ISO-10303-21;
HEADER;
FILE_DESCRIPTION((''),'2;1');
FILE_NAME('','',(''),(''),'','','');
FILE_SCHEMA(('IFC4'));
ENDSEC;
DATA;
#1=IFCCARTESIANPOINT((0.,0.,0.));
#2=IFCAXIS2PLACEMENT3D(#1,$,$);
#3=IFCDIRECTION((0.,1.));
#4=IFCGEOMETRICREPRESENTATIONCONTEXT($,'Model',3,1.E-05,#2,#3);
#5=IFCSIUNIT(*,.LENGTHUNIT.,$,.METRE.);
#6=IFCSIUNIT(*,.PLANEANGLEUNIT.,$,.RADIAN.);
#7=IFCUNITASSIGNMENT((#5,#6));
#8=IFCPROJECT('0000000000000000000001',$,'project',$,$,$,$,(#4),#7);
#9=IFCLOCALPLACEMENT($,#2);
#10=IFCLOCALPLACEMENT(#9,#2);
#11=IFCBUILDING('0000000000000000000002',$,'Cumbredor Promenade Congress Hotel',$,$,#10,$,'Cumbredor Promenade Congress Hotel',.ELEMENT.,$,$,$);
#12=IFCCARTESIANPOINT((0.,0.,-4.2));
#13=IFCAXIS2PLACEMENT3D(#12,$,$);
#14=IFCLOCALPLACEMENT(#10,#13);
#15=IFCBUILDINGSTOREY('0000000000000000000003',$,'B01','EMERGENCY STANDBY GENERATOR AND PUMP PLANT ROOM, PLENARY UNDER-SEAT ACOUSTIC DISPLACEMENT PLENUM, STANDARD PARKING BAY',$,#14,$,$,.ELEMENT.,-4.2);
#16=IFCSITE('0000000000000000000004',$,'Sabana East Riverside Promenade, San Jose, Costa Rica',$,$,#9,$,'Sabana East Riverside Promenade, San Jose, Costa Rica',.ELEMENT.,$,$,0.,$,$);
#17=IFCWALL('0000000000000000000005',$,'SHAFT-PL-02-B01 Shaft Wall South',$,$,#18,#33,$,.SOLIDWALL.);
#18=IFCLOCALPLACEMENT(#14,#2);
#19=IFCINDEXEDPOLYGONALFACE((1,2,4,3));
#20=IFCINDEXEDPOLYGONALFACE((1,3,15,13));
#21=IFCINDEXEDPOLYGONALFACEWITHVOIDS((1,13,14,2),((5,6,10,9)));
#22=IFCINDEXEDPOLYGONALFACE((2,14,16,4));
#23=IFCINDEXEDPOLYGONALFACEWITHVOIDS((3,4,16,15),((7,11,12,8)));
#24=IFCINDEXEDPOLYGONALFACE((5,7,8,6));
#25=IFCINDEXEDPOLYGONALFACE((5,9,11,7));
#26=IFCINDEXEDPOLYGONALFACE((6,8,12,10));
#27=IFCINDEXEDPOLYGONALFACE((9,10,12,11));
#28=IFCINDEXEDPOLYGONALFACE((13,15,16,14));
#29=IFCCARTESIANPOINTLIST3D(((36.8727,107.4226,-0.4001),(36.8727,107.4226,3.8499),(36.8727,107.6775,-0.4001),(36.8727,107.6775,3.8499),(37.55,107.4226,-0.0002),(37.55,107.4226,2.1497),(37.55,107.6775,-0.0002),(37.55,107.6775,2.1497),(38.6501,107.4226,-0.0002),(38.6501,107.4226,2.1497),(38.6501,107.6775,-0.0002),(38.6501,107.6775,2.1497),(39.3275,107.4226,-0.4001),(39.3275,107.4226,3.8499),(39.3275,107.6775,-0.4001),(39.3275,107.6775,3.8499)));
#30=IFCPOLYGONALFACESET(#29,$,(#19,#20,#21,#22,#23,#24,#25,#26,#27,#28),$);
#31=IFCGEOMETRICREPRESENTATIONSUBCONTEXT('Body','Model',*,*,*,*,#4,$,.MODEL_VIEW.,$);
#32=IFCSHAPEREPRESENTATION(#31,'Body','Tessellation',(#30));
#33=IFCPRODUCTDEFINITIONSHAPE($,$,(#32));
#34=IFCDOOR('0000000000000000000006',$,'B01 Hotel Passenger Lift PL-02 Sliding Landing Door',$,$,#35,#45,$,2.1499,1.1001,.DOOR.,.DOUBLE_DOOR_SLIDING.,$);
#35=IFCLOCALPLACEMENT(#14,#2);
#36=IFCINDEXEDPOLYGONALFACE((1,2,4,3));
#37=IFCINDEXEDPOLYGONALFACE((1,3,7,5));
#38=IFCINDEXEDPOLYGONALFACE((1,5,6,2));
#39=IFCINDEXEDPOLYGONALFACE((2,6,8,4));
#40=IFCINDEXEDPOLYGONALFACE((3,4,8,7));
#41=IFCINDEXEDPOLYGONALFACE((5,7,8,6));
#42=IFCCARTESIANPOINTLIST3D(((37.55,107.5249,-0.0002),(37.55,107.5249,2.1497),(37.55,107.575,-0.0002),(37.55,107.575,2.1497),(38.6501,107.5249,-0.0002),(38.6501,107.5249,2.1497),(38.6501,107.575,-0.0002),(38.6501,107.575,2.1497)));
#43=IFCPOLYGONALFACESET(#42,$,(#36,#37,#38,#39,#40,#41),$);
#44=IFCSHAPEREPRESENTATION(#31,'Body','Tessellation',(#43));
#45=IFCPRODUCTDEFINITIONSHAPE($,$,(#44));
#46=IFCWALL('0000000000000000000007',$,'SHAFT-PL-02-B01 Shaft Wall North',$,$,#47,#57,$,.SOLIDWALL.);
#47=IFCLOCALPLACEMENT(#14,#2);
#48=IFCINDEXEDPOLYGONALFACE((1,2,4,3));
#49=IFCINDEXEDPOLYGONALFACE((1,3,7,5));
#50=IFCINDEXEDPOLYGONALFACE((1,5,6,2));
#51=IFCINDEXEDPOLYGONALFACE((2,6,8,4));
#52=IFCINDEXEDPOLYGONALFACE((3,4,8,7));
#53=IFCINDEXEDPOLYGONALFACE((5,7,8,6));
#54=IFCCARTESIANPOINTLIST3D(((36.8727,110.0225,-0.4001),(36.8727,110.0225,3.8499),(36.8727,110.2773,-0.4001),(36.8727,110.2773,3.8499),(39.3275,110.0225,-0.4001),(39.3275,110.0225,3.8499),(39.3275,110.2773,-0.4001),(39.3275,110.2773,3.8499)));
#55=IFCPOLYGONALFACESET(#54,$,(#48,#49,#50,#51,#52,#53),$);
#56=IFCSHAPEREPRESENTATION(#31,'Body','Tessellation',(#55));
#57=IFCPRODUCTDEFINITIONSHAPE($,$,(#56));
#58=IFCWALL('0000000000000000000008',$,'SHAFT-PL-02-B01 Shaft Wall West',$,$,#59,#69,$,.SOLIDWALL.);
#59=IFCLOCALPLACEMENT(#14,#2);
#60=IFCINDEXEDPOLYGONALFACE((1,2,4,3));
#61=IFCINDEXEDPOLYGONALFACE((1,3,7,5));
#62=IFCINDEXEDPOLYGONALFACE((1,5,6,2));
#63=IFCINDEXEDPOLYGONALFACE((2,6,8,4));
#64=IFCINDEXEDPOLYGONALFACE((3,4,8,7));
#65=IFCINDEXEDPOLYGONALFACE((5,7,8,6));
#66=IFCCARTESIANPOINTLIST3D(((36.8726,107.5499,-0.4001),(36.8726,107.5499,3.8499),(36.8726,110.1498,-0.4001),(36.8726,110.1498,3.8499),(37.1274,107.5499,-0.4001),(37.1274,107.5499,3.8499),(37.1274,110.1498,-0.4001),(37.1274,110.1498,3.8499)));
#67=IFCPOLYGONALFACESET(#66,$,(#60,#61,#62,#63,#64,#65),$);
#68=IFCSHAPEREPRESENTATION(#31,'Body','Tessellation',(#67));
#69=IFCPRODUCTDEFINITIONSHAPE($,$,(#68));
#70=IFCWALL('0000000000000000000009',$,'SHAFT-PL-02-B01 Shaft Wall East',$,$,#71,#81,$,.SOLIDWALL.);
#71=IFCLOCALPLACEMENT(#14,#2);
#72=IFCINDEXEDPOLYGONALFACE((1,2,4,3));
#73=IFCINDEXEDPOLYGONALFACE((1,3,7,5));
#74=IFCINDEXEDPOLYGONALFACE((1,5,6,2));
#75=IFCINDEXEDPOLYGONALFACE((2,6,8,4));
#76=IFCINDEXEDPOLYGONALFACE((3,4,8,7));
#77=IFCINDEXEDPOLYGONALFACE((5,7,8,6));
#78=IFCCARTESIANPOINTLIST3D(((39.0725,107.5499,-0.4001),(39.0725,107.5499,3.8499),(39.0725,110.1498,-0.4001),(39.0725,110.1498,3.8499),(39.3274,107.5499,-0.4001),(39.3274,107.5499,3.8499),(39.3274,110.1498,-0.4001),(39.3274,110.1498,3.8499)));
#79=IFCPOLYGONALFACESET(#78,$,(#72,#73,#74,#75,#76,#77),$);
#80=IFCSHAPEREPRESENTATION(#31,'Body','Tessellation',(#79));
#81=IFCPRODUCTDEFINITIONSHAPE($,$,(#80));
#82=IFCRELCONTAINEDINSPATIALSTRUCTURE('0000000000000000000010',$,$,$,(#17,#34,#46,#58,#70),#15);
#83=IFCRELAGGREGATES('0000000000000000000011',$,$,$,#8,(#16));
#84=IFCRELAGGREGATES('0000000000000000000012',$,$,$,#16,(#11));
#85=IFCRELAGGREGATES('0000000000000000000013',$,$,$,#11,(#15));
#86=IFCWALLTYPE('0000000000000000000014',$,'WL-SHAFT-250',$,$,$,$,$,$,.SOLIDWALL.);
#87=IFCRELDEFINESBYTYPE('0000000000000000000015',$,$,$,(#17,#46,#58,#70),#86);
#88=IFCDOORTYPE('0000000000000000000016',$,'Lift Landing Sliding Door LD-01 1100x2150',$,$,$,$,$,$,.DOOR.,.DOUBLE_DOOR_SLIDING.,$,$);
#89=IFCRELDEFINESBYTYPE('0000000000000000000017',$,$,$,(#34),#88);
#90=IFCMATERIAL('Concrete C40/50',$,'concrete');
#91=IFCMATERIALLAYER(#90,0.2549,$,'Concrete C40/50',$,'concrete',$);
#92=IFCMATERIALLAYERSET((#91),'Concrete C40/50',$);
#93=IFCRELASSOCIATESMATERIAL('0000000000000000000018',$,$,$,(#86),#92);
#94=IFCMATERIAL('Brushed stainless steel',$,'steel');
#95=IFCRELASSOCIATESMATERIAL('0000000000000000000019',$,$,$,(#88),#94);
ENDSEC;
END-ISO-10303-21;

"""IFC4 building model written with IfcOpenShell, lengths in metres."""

from ifc_helpers import new_model, si_unit, direction, frame, frame_2d, origin, place, context, subcontext, project, spatial, rectangle, extrude, material, layer, layer_set, type_object, element, fill, save


model = new_model("IFC4")

# Units and contexts
model_context = context("Model", 3, precision=1e-05, world=origin(), true_north=direction((0.0, 1.0)))
body_context = subcontext(model_context, "Body", "Model", "MODEL_VIEW")
ifc_project = project(units=[si_unit("LENGTHUNIT", "METRE"), si_unit("PLANEANGLEUNIT", "RADIAN")], contexts=[model_context])

# Site, building, storey
site_placement = place(None, origin())
site = spatial("IfcSite", under=ifc_project, at=site_placement, Name="Sabana East Riverside Promenade, San Jose, Costa Rica", LongName="Sabana East Riverside Promenade, San Jose, Costa Rica", CompositionType="ELEMENT", RefElevation=0.0)
building_placement = place(site_placement, origin())
building = spatial("IfcBuilding", under=site, at=building_placement, Name="Cumbredor Promenade Congress Hotel", LongName="Cumbredor Promenade Congress Hotel", CompositionType="ELEMENT")
storey_placement = place(building_placement, frame((0.0, 0.0, -4.2)))
storey = spatial("IfcBuildingStorey", under=building, at=storey_placement, Name="B01", Description="EMERGENCY STANDBY GENERATOR AND PUMP PLANT ROOM, PLENARY UNDER-SEAT ACOUSTIC DISPLACEMENT PLENUM, STANDARD PARKING BAY", CompositionType="ELEMENT", Elevation=-4.2)

# Shared definitions
ifc_material_1 = material(Name="Concrete C40/50", Category="concrete")

# Shared definitions
ifc_layer_1 = layer(ifc_material_1, 0.2549, Name="Concrete C40/50", Category="concrete")
ifc_layer_set_1 = layer_set([ifc_layer_1], Name="Concrete C40/50")
wall_type_1 = type_object("IfcWallType", Name="WL-SHAFT-250", PredefinedType="SOLIDWALL", material=ifc_layer_set_1)
ifc_material_2 = material(Name="Brushed stainless steel", Category="steel")
door_type_1 = type_object("IfcDoorType", Name="Lift Landing Sliding Door LD-01 1100x2150", OperationType="DOUBLE_DOOR_SLIDING", PredefinedType="DOOR", material=ifc_material_2)

# Wall, opening, door
wall_1_placement = place(storey_placement, frame((36.8726, 107.55, -0.4001), z_axis=(0.0, 0.0, 1.0), x_axis=(1.0, 0.0, 0.0)))
wall_1 = element("IfcWall", 1, at=wall_1_placement, inside=storey, type_object=wall_type_1, Name="SHAFT-PL-02-B01 Shaft Wall South", PredefinedType="SOLIDWALL", context=body_context, shape_type="SweptSolid", body=[
    extrude(rectangle(XDim=2.4548, YDim=0.2549, at=frame_2d((1.2275, 0.0))), origin(), (0.0, 0.0, 1.0), 4.25),
])
opening_1_placement = place(wall_1_placement, frame((0.6775, 0.0, 0.3999)))
opening_1 = element("IfcOpeningElement", 2, at=opening_1_placement, cuts=wall_1, PredefinedType="OPENING", context=body_context, shape_type="SweptSolid", body=[
    extrude(rectangle(XDim=1.1001, YDim=2.1499, at=frame_2d((0.55, 1.075))), frame((0.0, 0.1375, 0.0), z_axis=(0.0, -1.0, 0.0), x_axis=(1.0, 0.0, 0.0)), (0.0, 0.0, 1.0), 0.2749),
])
door_1_placement = place(opening_1_placement, origin())
door_1 = element("IfcDoor", 3, at=door_1_placement, inside=storey, type_object=door_type_1, Name="B01 Hotel Passenger Lift PL-02 Sliding Landing Door", OperationType="DOUBLE_DOOR_SLIDING", OverallHeight=2.1499, OverallWidth=1.1001, PredefinedType="DOOR", context=body_context, shape_type="SweptSolid", body=[
    extrude(rectangle(XDim=1.1001, YDim=2.1499, at=frame_2d((0.55, 1.075))), frame((0.0, 0.0249, 0.0), z_axis=(0.0, -1.0, 0.0), x_axis=(1.0, 0.0, 0.0)), (0.0, 0.0, 1.0), 0.05),
])
fill(opening_1, door_1)

# Walls
wall_2_placement = place(storey_placement, frame((36.8726, 110.1499, -0.4001), z_axis=(0.0, 0.0, 1.0), x_axis=(1.0, 0.0, 0.0)))
element("IfcWall", 4, at=wall_2_placement, inside=storey, type_object=wall_type_1, Name="SHAFT-PL-02-B01 Shaft Wall North", PredefinedType="SOLIDWALL", context=body_context, shape_type="SweptSolid", body=[
    extrude(rectangle(XDim=2.4548, YDim=0.2549, at=frame_2d((1.2275, 0.0))), origin(), (0.0, 0.0, 1.0), 4.25),
])
for number, where, z_axis, x_axis, name in (
    (5, (37.0, 107.55, -0.4001), (0.0, 0.0, 1.0), (0.0, 1.0, 0.0), "SHAFT-PL-02-B01 Shaft Wall West"),
    (6, (39.2, 107.55, -0.4001), (0.0, 0.0, 1.0), (0.0, 1.0, 0.0), "SHAFT-PL-02-B01 Shaft Wall East"),
):
    element("IfcWall", number, at=place(storey_placement, frame(where, z_axis=z_axis, x_axis=x_axis)), inside=storey, type_object=wall_type_1, Name=name, PredefinedType="SOLIDWALL", context=body_context, shape_type="SweptSolid", body=[
        extrude(rectangle(XDim=2.5999, YDim=0.2549, at=frame_2d((1.2998, 0.0))), origin(), (0.0, 0.0, 1.0), 4.25),
    ])

save(model, "model.ifc")
